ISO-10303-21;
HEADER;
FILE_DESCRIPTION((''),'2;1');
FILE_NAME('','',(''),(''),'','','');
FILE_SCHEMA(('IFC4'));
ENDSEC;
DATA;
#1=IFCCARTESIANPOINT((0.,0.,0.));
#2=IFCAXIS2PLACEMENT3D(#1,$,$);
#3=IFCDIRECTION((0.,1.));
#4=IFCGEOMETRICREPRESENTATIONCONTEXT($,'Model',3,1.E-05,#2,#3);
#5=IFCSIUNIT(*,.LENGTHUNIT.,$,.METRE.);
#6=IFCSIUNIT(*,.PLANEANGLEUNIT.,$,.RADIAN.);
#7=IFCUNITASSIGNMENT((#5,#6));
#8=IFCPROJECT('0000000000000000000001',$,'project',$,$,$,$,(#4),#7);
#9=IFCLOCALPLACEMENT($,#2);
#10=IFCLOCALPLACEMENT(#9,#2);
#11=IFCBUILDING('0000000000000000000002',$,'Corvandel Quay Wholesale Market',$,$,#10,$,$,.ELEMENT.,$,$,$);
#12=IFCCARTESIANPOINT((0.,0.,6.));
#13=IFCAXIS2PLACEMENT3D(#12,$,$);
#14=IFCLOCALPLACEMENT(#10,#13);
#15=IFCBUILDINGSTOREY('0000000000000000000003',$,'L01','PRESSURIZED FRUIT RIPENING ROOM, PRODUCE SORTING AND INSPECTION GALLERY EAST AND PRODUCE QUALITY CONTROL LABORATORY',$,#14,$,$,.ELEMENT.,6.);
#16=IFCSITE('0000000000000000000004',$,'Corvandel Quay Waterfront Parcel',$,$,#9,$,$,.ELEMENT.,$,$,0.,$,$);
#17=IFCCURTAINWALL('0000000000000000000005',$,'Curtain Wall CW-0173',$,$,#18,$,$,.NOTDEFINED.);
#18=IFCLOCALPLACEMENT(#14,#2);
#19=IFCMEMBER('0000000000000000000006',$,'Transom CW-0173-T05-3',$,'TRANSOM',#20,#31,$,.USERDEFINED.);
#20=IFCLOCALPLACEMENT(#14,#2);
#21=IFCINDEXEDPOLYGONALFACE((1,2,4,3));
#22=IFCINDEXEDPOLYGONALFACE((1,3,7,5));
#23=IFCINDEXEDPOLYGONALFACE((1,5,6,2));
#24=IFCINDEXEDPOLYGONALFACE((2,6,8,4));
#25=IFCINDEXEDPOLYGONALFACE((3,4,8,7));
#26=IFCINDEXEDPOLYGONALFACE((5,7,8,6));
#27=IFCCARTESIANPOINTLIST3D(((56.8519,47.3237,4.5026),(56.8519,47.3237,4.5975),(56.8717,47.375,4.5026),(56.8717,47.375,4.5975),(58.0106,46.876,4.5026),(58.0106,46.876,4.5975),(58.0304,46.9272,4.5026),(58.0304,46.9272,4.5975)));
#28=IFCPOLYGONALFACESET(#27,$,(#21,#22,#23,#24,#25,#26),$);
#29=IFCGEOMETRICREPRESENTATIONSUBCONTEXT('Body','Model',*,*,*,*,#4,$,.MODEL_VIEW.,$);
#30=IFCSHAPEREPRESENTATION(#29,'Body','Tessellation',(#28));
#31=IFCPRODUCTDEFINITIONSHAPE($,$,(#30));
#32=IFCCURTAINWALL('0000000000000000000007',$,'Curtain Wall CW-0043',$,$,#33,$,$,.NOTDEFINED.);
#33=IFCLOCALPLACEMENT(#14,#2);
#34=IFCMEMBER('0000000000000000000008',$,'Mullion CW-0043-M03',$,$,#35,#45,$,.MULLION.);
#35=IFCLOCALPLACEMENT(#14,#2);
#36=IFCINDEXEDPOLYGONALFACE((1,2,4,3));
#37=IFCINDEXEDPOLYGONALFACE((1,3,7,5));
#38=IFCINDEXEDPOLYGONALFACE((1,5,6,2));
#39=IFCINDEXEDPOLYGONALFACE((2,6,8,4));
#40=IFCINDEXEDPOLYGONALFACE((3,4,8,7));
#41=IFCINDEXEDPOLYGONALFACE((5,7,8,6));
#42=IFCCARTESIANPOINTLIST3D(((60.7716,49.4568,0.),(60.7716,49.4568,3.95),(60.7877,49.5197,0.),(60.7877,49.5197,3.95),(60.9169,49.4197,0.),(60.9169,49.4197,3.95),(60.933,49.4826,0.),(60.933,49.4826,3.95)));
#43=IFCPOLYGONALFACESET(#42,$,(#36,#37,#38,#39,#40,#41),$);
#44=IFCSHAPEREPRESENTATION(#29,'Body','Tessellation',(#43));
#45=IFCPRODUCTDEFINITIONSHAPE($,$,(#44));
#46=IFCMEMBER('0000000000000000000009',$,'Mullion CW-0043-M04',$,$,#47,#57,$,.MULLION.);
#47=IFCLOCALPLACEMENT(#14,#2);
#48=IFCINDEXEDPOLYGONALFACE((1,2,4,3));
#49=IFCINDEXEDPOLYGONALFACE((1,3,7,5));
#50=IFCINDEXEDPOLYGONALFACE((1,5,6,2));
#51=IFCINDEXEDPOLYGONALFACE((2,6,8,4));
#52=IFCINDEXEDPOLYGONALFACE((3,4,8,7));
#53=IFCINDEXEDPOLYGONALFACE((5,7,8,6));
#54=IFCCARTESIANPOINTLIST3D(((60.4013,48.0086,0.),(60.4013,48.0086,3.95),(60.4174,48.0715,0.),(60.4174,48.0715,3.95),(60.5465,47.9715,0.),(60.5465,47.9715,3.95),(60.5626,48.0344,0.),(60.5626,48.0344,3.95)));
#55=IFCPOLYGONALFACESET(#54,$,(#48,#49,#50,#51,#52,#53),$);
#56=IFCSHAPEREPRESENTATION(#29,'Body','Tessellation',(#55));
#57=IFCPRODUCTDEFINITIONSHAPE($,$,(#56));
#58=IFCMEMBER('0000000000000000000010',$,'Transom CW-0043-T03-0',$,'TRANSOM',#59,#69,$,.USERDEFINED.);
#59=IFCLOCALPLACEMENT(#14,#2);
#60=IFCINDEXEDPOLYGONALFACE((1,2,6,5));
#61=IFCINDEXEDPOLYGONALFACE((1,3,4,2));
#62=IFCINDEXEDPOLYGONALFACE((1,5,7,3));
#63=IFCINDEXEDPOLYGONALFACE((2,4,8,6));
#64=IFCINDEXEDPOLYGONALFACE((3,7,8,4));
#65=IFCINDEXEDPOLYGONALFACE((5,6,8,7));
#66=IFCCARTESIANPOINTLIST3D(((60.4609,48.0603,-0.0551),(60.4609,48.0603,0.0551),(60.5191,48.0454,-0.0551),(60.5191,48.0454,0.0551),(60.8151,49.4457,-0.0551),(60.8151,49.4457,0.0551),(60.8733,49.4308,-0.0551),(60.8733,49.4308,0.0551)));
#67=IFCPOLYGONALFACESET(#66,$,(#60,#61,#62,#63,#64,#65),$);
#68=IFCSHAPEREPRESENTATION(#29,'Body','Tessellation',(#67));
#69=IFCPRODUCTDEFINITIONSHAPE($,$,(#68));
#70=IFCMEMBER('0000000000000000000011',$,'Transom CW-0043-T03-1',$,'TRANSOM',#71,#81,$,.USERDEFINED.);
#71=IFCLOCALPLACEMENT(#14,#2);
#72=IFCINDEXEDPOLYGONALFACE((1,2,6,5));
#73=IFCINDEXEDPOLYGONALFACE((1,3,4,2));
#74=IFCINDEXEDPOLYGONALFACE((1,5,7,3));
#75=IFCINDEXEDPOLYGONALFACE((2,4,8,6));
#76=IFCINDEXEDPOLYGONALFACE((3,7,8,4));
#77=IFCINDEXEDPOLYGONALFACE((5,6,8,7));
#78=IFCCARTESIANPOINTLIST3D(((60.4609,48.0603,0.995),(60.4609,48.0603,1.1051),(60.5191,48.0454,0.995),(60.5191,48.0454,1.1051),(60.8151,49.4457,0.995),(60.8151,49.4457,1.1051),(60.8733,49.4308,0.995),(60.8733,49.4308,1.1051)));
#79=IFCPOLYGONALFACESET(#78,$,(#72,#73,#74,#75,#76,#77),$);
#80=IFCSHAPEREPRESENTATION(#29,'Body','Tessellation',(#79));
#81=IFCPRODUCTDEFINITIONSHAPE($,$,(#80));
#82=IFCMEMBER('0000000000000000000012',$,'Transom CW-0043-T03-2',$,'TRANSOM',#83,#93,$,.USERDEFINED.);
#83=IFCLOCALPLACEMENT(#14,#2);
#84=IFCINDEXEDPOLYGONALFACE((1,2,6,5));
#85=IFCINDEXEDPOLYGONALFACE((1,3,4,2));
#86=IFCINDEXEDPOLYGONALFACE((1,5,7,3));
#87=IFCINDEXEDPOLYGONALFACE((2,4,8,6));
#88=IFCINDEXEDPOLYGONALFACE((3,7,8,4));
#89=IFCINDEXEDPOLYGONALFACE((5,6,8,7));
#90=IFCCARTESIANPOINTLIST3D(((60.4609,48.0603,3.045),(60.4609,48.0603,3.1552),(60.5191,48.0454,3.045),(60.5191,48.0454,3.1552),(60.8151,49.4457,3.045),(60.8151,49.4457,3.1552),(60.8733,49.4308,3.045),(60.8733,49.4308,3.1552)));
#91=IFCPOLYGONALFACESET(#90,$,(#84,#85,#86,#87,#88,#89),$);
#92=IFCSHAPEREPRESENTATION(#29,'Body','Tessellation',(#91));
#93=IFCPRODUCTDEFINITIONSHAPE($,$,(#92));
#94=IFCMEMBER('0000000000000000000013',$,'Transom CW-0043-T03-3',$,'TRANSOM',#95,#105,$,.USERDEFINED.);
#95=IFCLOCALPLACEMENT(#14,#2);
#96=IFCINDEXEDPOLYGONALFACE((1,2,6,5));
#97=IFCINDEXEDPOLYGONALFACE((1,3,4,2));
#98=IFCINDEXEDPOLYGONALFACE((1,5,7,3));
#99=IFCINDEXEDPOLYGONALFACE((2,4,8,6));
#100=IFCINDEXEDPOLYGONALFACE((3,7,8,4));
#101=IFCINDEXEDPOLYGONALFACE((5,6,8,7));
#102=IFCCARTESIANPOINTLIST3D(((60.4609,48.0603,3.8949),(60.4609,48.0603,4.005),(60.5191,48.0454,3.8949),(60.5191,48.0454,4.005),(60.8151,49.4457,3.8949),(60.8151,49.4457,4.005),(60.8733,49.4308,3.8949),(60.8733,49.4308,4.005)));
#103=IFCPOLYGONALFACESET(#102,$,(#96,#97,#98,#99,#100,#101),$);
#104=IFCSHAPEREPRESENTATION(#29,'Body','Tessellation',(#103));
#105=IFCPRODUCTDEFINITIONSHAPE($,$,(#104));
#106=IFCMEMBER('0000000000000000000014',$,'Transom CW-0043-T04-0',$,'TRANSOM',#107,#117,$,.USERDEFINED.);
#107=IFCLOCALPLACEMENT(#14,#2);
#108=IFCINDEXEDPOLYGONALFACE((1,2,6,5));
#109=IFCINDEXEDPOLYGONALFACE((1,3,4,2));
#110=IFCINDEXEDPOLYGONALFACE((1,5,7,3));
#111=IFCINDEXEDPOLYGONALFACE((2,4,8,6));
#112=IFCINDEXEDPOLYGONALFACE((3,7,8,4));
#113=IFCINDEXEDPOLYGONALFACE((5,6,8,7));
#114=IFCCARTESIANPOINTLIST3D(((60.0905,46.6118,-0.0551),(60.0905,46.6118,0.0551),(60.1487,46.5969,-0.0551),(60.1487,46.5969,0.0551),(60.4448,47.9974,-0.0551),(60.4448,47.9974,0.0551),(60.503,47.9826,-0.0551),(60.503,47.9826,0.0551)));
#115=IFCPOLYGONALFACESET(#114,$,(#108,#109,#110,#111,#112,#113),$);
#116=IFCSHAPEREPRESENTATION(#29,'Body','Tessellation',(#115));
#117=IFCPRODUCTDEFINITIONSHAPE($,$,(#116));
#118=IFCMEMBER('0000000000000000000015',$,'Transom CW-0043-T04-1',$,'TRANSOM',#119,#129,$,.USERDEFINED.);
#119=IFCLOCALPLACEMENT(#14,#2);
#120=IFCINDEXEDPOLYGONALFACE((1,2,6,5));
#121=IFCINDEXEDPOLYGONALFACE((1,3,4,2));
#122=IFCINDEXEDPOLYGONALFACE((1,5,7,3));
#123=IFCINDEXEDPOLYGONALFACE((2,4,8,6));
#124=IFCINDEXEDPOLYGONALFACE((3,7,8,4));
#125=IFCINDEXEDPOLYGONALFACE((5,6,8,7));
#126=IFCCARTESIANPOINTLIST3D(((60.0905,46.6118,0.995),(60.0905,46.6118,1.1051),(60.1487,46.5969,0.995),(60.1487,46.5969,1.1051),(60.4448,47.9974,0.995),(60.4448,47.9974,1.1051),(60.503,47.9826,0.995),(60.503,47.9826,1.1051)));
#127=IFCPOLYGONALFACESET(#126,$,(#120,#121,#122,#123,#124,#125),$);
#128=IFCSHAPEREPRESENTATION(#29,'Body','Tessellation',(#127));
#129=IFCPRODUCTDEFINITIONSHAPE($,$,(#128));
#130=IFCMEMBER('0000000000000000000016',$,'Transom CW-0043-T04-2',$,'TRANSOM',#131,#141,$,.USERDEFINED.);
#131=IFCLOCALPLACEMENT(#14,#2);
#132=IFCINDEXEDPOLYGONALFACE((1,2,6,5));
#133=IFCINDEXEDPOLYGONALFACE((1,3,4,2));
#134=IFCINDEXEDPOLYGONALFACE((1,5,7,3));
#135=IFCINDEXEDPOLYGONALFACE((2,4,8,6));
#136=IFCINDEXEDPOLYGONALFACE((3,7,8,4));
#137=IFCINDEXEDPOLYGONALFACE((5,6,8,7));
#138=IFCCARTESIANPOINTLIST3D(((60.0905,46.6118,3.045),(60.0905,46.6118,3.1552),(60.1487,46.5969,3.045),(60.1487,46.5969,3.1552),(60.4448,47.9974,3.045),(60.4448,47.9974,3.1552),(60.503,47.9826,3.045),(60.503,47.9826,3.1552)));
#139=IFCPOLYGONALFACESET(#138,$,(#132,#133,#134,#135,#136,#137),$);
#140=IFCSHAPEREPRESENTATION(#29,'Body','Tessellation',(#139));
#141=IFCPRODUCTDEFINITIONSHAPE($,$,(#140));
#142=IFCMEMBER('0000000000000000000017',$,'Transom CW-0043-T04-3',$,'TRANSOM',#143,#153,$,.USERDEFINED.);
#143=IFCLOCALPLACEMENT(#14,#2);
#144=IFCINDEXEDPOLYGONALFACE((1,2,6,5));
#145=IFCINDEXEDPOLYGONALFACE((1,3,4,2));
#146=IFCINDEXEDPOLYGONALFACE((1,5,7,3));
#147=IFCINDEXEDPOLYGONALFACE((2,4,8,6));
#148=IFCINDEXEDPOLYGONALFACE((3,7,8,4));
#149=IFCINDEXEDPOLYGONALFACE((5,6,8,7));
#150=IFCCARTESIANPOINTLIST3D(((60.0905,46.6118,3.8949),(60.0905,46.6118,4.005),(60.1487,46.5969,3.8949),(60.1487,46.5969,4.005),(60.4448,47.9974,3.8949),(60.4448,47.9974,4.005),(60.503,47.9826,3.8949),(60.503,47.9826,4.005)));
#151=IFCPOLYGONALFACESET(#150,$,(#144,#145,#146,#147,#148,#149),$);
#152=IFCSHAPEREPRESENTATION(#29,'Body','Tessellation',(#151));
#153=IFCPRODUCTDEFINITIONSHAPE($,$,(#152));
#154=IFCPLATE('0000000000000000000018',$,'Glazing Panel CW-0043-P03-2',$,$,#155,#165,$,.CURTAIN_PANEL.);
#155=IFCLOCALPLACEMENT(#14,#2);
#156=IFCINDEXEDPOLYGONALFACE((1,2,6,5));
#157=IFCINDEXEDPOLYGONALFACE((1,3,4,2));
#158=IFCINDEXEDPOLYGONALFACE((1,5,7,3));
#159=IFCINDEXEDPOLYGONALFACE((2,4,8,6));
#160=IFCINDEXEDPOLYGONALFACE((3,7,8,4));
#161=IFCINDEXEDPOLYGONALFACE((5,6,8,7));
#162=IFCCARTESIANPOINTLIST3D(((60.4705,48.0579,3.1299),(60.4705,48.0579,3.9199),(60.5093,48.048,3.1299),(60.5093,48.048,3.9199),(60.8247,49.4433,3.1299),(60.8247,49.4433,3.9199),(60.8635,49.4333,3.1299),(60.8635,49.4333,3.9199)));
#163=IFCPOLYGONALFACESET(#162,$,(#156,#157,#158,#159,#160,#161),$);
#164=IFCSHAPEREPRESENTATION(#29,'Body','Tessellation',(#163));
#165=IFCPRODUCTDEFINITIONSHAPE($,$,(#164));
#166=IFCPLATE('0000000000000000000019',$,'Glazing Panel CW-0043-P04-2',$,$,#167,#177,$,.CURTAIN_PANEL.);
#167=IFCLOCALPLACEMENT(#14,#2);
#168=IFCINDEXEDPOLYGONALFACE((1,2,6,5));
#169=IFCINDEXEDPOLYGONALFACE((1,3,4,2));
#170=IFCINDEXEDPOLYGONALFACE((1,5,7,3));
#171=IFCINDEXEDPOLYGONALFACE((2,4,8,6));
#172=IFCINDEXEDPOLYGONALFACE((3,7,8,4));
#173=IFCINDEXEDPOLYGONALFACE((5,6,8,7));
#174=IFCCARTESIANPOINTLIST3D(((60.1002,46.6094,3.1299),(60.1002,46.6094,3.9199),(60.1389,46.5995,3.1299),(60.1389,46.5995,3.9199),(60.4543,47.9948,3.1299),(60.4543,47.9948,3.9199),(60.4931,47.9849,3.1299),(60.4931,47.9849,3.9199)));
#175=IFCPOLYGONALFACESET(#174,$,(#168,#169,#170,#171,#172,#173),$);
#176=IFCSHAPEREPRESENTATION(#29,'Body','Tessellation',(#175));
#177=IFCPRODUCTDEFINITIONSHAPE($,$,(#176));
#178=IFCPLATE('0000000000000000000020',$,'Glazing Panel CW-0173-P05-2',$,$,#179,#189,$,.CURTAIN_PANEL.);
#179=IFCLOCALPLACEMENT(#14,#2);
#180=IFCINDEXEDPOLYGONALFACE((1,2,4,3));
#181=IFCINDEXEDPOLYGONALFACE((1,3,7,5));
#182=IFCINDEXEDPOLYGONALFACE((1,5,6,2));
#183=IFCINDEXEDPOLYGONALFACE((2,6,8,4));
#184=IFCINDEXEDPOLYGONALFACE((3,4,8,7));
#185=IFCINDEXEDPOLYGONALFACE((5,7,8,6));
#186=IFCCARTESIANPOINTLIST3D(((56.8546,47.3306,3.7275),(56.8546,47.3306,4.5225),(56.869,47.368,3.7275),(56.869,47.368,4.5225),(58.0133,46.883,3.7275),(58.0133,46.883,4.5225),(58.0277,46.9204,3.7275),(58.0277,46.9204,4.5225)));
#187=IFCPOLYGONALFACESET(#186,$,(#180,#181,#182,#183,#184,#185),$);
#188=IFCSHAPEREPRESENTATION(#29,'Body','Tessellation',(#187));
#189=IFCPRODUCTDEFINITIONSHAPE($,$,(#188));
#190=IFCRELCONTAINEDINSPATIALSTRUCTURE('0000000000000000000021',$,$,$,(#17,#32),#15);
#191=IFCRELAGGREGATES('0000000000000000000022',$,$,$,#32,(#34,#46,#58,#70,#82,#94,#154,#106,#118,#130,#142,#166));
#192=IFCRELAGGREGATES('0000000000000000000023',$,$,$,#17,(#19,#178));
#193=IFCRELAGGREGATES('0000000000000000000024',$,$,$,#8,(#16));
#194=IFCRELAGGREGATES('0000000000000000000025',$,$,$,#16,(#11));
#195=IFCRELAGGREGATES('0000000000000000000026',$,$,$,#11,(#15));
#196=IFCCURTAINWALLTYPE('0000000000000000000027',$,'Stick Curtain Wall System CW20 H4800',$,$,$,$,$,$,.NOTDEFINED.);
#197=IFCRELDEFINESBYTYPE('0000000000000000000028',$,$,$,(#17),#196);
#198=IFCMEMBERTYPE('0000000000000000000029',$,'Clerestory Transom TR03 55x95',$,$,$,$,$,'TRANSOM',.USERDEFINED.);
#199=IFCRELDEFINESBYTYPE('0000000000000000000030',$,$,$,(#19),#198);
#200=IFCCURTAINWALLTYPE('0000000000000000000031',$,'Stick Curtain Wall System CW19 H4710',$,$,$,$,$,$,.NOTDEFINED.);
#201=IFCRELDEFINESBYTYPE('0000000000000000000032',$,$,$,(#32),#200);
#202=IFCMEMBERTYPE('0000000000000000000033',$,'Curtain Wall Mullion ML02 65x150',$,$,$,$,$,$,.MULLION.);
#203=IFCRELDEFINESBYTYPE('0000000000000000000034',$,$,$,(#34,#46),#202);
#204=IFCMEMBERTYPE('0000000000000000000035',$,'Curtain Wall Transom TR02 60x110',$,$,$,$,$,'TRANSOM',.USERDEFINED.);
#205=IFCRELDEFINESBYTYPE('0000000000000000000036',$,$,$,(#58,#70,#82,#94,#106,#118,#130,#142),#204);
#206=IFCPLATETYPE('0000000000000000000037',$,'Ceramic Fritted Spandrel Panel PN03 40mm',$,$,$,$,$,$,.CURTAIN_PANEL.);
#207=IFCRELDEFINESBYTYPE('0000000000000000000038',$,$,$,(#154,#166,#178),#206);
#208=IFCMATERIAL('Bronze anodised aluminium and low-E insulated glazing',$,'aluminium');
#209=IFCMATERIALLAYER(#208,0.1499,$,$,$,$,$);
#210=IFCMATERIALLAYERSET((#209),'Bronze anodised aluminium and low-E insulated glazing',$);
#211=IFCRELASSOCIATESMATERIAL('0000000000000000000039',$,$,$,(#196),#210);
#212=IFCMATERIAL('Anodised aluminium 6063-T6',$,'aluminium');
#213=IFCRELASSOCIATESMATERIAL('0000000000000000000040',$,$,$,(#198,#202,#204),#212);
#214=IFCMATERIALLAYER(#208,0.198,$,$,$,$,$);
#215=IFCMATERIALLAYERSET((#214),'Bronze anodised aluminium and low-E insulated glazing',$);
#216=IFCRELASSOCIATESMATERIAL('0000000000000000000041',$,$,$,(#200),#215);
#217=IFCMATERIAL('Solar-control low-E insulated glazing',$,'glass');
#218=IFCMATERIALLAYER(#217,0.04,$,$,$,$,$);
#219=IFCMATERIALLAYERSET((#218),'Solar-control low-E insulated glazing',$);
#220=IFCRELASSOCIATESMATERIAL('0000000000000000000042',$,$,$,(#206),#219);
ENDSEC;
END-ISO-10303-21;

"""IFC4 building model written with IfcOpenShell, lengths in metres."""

from ifc_helpers import new_model, si_unit, direction, frame, origin, origin_2d, place, context, subcontext, project, spatial, rectangle, extrude, material, layer, layer_set, material_profile, profile_set, type_object, element, aggregate, save


model = new_model("IFC4")

# Units and contexts
model_context = context("Model", 3, precision=1e-05, world=origin(), true_north=direction((0.0, 1.0)))
body_context = subcontext(model_context, "Body", "Model", "MODEL_VIEW")
ifc_project = project(units=[si_unit("LENGTHUNIT", "METRE"), si_unit("PLANEANGLEUNIT", "RADIAN")], contexts=[model_context])

# Site, building, storey
site_placement = place(None, origin())
site = spatial("IfcSite", under=ifc_project, at=site_placement, Name="Corvandel Quay Waterfront Parcel", CompositionType="ELEMENT", RefElevation=0.0)
building_placement = place(site_placement, origin())
building = spatial("IfcBuilding", under=site, at=building_placement, Name="Corvandel Quay Wholesale Market", CompositionType="ELEMENT")
storey_placement = place(building_placement, frame((0.0, 0.0, 6.0)))
storey = spatial("IfcBuildingStorey", under=building, at=storey_placement, Name="L01", Description="PRESSURIZED FRUIT RIPENING ROOM, PRODUCE SORTING AND INSPECTION GALLERY EAST AND PRODUCE QUALITY CONTROL LABORATORY", CompositionType="ELEMENT", Elevation=6.0)

# Curtain wall, member
ifc_material_1 = material(Name="Bronze anodised aluminium and low-E insulated glazing", Category="aluminium")
ifc_layer_1 = layer(ifc_material_1, 0.1499)
ifc_layer_set_1 = layer_set([ifc_layer_1], Name="Bronze anodised aluminium and low-E insulated glazing")
curtain_wall_type_1 = type_object("IfcCurtainWallType", Name="Stick Curtain Wall System CW20 H4800", PredefinedType="NOTDEFINED", material=ifc_layer_set_1)
curtain_wall_1_placement = place(storey_placement, origin())
curtain_wall_1 = element("IfcCurtainWall", 1, at=curtain_wall_1_placement, inside=storey, type_object=curtain_wall_type_1, Name="Curtain Wall CW-0173", PredefinedType="NOTDEFINED")
ifc_material_2 = material(Name="Anodised aluminium 6063-T6", Category="aluminium")
ifc_material_profile_1 = material_profile(ifc_material_2, rectangle(XDim=0.0549, YDim=0.095, at=origin_2d()), Name="ALU-TRN-55x95")
ifc_profile_set_1 = profile_set([ifc_material_profile_1], Name="Anodised aluminium 6063-T6")
member_type_1 = type_object("IfcMemberType", Name="Clerestory Transom TR03 55x95", ElementType="TRANSOM", PredefinedType="USERDEFINED", material=ifc_profile_set_1)
member_1_placement = place(storey_placement, frame((56.8618, 47.3494, 4.55), z_axis=(0.932777, -0.360454, 0.0), x_axis=(0.360454, 0.932777, 0.0)))
member_1 = element("IfcMember", 2, at=member_1_placement, type_object=member_type_1, Name="Transom CW-0173-T05-3", ObjectType="TRANSOM", PredefinedType="USERDEFINED", context=body_context, shape_type="SweptSolid", body=[
    extrude(rectangle(XDim=0.0549, YDim=0.095, at=origin_2d()), origin(), (0.0, 0.0, 1.0), 1.2422),
])

# Curtain wall, members, plates
ifc_layer_2 = layer(ifc_material_1, 0.198)
ifc_layer_set_2 = layer_set([ifc_layer_2], Name="Bronze anodised aluminium and low-E insulated glazing")
curtain_wall_type_2 = type_object("IfcCurtainWallType", Name="Stick Curtain Wall System CW19 H4710", PredefinedType="NOTDEFINED", material=ifc_layer_set_2)
curtain_wall_2_placement = place(storey_placement, origin())
curtain_wall_2 = element("IfcCurtainWall", 3, at=curtain_wall_2_placement, inside=storey, type_object=curtain_wall_type_2, Name="Curtain Wall CW-0043", PredefinedType="NOTDEFINED")
ifc_material_profile_2 = material_profile(ifc_material_2, rectangle(XDim=0.0649, YDim=0.1499, at=origin_2d()), Name="ALU-MUL-65x150")
ifc_profile_set_2 = profile_set([ifc_material_profile_2], Name="Anodised aluminium 6063-T6")
member_type_2 = type_object("IfcMemberType", Name="Curtain Wall Mullion ML02 65x150", PredefinedType="MULLION", material=ifc_profile_set_2)
member_2_placement = place(storey_placement, frame((60.8523, 49.4697, 0.0), z_axis=(0.0, 0.0, 1.0), x_axis=(0.247675, 0.968843, 0.0)))
member_2 = element("IfcMember", 4, at=member_2_placement, type_object=member_type_2, Name="Mullion CW-0043-M03", PredefinedType="MULLION", context=body_context, shape_type="SweptSolid", body=[
    extrude(rectangle(XDim=0.0649, YDim=0.1499, at=origin_2d()), origin(), (0.0, 0.0, 1.0), 3.95),
])
member_3_placement = place(storey_placement, frame((60.4819, 48.0215, 0.0), z_axis=(0.0, 0.0, 1.0), x_axis=(0.247675, 0.968843, 0.0)))
member_3 = element("IfcMember", 5, at=member_3_placement, type_object=member_type_2, Name="Mullion CW-0043-M04", PredefinedType="MULLION", context=body_context, shape_type="SweptSolid", body=[
    extrude(rectangle(XDim=0.0649, YDim=0.1499, at=origin_2d()), origin(), (0.0, 0.0, 1.0), 3.95),
])
ifc_material_profile_3 = material_profile(ifc_material_2, rectangle(XDim=0.0601, YDim=0.1101, at=origin_2d()), Name="ALU-TRN-60x110")
ifc_profile_set_3 = profile_set([ifc_material_profile_3], Name="Anodised aluminium 6063-T6")
member_type_3 = type_object("IfcMemberType", Name="Curtain Wall Transom TR02 60x110", ElementType="TRANSOM", PredefinedType="USERDEFINED", material=ifc_profile_set_3)
member_4_placement = place(storey_placement, frame((60.8442, 49.4382, 0.0), z_axis=(-0.247755, -0.968823, 0.0), x_axis=(0.968823, -0.247755, 0.0)))
member_4 = element("IfcMember", 6, at=member_4_placement, type_object=member_type_3, Name="Transom CW-0043-T03-0", ObjectType="TRANSOM", PredefinedType="USERDEFINED", context=body_context, shape_type="SweptSolid", body=[
    extrude(rectangle(XDim=0.0601, YDim=0.1101, at=origin_2d()), origin(), (0.0, 0.0, 1.0), 1.4299),
])
member_5_placement = place(storey_placement, frame((60.8442, 49.4382, 1.05), z_axis=(-0.247755, -0.968823, 0.0), x_axis=(0.968823, -0.247755, 0.0)))
member_5 = element("IfcMember", 7, at=member_5_placement, type_object=member_type_3, Name="Transom CW-0043-T03-1", ObjectType="TRANSOM", PredefinedType="USERDEFINED", context=body_context, shape_type="SweptSolid", body=[
    extrude(rectangle(XDim=0.0601, YDim=0.1101, at=origin_2d()), origin(), (0.0, 0.0, 1.0), 1.4299),
])
member_6_placement = place(storey_placement, frame((60.8442, 49.4382, 3.1001), z_axis=(-0.247755, -0.968823, 0.0), x_axis=(0.968823, -0.247755, 0.0)))
member_6 = element("IfcMember", 8, at=member_6_placement, type_object=member_type_3, Name="Transom CW-0043-T03-2", ObjectType="TRANSOM", PredefinedType="USERDEFINED", context=body_context, shape_type="SweptSolid", body=[
    extrude(rectangle(XDim=0.0601, YDim=0.1101, at=origin_2d()), origin(), (0.0, 0.0, 1.0), 1.4299),
])
member_7_placement = place(storey_placement, frame((60.8442, 49.4382, 3.95), z_axis=(-0.247755, -0.968823, 0.0), x_axis=(0.968823, -0.247755, 0.0)))
member_7 = element("IfcMember", 9, at=member_7_placement, type_object=member_type_3, Name="Transom CW-0043-T03-3", ObjectType="TRANSOM", PredefinedType="USERDEFINED", context=body_context, shape_type="SweptSolid", body=[
    extrude(rectangle(XDim=0.0601, YDim=0.1101, at=origin_2d()), origin(), (0.0, 0.0, 1.0), 1.4299),
])
member_8_placement = place(storey_placement, frame((60.4739, 47.99, 0.0), z_axis=(-0.247714, -0.968833, 0.0), x_axis=(0.968833, -0.247714, 0.0)))
member_8 = element("IfcMember", 10, at=member_8_placement, type_object=member_type_3, Name="Transom CW-0043-T04-0", ObjectType="TRANSOM", PredefinedType="USERDEFINED", context=body_context, shape_type="SweptSolid", body=[
    extrude(rectangle(XDim=0.0601, YDim=0.1101, at=origin_2d()), origin(), (0.0, 0.0, 1.0), 1.4302),
])
member_9_placement = place(storey_placement, frame((60.4739, 47.99, 1.05), z_axis=(-0.247714, -0.968833, 0.0), x_axis=(0.968833, -0.247714, 0.0)))
member_9 = element("IfcMember", 11, at=member_9_placement, type_object=member_type_3, Name="Transom CW-0043-T04-1", ObjectType="TRANSOM", PredefinedType="USERDEFINED", context=body_context, shape_type="SweptSolid", body=[
    extrude(rectangle(XDim=0.0601, YDim=0.1101, at=origin_2d()), origin(), (0.0, 0.0, 1.0), 1.4302),
])
member_10_placement = place(storey_placement, frame((60.4739, 47.99, 3.1001), z_axis=(-0.247714, -0.968833, 0.0), x_axis=(0.968833, -0.247714, 0.0)))
member_10 = element("IfcMember", 12, at=member_10_placement, type_object=member_type_3, Name="Transom CW-0043-T04-2", ObjectType="TRANSOM", PredefinedType="USERDEFINED", context=body_context, shape_type="SweptSolid", body=[
    extrude(rectangle(XDim=0.0601, YDim=0.1101, at=origin_2d()), origin(), (0.0, 0.0, 1.0), 1.4302),
])
member_11_placement = place(storey_placement, frame((60.4739, 47.99, 3.95), z_axis=(-0.247714, -0.968833, 0.0), x_axis=(0.968833, -0.247714, 0.0)))
member_11 = element("IfcMember", 13, at=member_11_placement, type_object=member_type_3, Name="Transom CW-0043-T04-3", ObjectType="TRANSOM", PredefinedType="USERDEFINED", context=body_context, shape_type="SweptSolid", body=[
    extrude(rectangle(XDim=0.0601, YDim=0.1101, at=origin_2d()), origin(), (0.0, 0.0, 1.0), 1.4302),
])
ifc_material_3 = material(Name="Solar-control low-E insulated glazing", Category="glass")
ifc_layer_3 = layer(ifc_material_3, 0.04)
ifc_layer_set_3 = layer_set([ifc_layer_3], Name="Solar-control low-E insulated glazing")
plate_type_1 = type_object("IfcPlateType", Name="Ceramic Fritted Spandrel Panel PN03 40mm", PredefinedType="CURTAIN_PANEL", material=ifc_layer_set_3)
plate_1_placement = place(storey_placement, frame((60.667, 48.7456, 3.1299), z_axis=(0.0, 0.0, 1.0), x_axis=(0.247675, 0.968843, 0.0)))
plate_1 = element("IfcPlate", 14, at=plate_1_placement, type_object=plate_type_1, Name="Glazing Panel CW-0043-P03-2", PredefinedType="CURTAIN_PANEL", context=body_context, shape_type="SweptSolid", body=[
    extrude(rectangle(XDim=1.4299, YDim=0.04, at=origin_2d()), origin(), (0.0, 0.0, 1.0), 0.79),
])
plate_2_placement = place(storey_placement, frame((60.2966, 47.2971, 3.1299), z_axis=(0.0, 0.0, 1.0), x_axis=(0.247675, 0.968843, 0.0)))
plate_2 = element("IfcPlate", 15, at=plate_2_placement, type_object=plate_type_1, Name="Glazing Panel CW-0043-P04-2", PredefinedType="CURTAIN_PANEL", context=body_context, shape_type="SweptSolid", body=[
    extrude(rectangle(XDim=1.4299, YDim=0.04, at=origin_2d()), origin(), (0.0, 0.0, 1.0), 0.79),
])

# Plate
plate_3_placement = place(storey_placement, frame((57.4412, 47.1255, 3.7275), z_axis=(0.0, 0.0, 1.0), x_axis=(-0.932828, 0.360322, 0.0)))
plate_3 = element("IfcPlate", 16, at=plate_3_placement, type_object=plate_type_1, Name="Glazing Panel CW-0173-P05-2", PredefinedType="CURTAIN_PANEL", context=body_context, shape_type="SweptSolid", body=[
    extrude(rectangle(XDim=1.2422, YDim=0.04, at=origin_2d()), origin(), (0.0, 0.0, 1.0), 0.7949),
])
aggregate(curtain_wall_2, [member_2, member_3, member_4, member_5, member_6, member_7, plate_1, member_8, member_9, member_10, member_11, plate_2])
aggregate(curtain_wall_1, [member_1, plate_3])

save(model, "model.ifc")
